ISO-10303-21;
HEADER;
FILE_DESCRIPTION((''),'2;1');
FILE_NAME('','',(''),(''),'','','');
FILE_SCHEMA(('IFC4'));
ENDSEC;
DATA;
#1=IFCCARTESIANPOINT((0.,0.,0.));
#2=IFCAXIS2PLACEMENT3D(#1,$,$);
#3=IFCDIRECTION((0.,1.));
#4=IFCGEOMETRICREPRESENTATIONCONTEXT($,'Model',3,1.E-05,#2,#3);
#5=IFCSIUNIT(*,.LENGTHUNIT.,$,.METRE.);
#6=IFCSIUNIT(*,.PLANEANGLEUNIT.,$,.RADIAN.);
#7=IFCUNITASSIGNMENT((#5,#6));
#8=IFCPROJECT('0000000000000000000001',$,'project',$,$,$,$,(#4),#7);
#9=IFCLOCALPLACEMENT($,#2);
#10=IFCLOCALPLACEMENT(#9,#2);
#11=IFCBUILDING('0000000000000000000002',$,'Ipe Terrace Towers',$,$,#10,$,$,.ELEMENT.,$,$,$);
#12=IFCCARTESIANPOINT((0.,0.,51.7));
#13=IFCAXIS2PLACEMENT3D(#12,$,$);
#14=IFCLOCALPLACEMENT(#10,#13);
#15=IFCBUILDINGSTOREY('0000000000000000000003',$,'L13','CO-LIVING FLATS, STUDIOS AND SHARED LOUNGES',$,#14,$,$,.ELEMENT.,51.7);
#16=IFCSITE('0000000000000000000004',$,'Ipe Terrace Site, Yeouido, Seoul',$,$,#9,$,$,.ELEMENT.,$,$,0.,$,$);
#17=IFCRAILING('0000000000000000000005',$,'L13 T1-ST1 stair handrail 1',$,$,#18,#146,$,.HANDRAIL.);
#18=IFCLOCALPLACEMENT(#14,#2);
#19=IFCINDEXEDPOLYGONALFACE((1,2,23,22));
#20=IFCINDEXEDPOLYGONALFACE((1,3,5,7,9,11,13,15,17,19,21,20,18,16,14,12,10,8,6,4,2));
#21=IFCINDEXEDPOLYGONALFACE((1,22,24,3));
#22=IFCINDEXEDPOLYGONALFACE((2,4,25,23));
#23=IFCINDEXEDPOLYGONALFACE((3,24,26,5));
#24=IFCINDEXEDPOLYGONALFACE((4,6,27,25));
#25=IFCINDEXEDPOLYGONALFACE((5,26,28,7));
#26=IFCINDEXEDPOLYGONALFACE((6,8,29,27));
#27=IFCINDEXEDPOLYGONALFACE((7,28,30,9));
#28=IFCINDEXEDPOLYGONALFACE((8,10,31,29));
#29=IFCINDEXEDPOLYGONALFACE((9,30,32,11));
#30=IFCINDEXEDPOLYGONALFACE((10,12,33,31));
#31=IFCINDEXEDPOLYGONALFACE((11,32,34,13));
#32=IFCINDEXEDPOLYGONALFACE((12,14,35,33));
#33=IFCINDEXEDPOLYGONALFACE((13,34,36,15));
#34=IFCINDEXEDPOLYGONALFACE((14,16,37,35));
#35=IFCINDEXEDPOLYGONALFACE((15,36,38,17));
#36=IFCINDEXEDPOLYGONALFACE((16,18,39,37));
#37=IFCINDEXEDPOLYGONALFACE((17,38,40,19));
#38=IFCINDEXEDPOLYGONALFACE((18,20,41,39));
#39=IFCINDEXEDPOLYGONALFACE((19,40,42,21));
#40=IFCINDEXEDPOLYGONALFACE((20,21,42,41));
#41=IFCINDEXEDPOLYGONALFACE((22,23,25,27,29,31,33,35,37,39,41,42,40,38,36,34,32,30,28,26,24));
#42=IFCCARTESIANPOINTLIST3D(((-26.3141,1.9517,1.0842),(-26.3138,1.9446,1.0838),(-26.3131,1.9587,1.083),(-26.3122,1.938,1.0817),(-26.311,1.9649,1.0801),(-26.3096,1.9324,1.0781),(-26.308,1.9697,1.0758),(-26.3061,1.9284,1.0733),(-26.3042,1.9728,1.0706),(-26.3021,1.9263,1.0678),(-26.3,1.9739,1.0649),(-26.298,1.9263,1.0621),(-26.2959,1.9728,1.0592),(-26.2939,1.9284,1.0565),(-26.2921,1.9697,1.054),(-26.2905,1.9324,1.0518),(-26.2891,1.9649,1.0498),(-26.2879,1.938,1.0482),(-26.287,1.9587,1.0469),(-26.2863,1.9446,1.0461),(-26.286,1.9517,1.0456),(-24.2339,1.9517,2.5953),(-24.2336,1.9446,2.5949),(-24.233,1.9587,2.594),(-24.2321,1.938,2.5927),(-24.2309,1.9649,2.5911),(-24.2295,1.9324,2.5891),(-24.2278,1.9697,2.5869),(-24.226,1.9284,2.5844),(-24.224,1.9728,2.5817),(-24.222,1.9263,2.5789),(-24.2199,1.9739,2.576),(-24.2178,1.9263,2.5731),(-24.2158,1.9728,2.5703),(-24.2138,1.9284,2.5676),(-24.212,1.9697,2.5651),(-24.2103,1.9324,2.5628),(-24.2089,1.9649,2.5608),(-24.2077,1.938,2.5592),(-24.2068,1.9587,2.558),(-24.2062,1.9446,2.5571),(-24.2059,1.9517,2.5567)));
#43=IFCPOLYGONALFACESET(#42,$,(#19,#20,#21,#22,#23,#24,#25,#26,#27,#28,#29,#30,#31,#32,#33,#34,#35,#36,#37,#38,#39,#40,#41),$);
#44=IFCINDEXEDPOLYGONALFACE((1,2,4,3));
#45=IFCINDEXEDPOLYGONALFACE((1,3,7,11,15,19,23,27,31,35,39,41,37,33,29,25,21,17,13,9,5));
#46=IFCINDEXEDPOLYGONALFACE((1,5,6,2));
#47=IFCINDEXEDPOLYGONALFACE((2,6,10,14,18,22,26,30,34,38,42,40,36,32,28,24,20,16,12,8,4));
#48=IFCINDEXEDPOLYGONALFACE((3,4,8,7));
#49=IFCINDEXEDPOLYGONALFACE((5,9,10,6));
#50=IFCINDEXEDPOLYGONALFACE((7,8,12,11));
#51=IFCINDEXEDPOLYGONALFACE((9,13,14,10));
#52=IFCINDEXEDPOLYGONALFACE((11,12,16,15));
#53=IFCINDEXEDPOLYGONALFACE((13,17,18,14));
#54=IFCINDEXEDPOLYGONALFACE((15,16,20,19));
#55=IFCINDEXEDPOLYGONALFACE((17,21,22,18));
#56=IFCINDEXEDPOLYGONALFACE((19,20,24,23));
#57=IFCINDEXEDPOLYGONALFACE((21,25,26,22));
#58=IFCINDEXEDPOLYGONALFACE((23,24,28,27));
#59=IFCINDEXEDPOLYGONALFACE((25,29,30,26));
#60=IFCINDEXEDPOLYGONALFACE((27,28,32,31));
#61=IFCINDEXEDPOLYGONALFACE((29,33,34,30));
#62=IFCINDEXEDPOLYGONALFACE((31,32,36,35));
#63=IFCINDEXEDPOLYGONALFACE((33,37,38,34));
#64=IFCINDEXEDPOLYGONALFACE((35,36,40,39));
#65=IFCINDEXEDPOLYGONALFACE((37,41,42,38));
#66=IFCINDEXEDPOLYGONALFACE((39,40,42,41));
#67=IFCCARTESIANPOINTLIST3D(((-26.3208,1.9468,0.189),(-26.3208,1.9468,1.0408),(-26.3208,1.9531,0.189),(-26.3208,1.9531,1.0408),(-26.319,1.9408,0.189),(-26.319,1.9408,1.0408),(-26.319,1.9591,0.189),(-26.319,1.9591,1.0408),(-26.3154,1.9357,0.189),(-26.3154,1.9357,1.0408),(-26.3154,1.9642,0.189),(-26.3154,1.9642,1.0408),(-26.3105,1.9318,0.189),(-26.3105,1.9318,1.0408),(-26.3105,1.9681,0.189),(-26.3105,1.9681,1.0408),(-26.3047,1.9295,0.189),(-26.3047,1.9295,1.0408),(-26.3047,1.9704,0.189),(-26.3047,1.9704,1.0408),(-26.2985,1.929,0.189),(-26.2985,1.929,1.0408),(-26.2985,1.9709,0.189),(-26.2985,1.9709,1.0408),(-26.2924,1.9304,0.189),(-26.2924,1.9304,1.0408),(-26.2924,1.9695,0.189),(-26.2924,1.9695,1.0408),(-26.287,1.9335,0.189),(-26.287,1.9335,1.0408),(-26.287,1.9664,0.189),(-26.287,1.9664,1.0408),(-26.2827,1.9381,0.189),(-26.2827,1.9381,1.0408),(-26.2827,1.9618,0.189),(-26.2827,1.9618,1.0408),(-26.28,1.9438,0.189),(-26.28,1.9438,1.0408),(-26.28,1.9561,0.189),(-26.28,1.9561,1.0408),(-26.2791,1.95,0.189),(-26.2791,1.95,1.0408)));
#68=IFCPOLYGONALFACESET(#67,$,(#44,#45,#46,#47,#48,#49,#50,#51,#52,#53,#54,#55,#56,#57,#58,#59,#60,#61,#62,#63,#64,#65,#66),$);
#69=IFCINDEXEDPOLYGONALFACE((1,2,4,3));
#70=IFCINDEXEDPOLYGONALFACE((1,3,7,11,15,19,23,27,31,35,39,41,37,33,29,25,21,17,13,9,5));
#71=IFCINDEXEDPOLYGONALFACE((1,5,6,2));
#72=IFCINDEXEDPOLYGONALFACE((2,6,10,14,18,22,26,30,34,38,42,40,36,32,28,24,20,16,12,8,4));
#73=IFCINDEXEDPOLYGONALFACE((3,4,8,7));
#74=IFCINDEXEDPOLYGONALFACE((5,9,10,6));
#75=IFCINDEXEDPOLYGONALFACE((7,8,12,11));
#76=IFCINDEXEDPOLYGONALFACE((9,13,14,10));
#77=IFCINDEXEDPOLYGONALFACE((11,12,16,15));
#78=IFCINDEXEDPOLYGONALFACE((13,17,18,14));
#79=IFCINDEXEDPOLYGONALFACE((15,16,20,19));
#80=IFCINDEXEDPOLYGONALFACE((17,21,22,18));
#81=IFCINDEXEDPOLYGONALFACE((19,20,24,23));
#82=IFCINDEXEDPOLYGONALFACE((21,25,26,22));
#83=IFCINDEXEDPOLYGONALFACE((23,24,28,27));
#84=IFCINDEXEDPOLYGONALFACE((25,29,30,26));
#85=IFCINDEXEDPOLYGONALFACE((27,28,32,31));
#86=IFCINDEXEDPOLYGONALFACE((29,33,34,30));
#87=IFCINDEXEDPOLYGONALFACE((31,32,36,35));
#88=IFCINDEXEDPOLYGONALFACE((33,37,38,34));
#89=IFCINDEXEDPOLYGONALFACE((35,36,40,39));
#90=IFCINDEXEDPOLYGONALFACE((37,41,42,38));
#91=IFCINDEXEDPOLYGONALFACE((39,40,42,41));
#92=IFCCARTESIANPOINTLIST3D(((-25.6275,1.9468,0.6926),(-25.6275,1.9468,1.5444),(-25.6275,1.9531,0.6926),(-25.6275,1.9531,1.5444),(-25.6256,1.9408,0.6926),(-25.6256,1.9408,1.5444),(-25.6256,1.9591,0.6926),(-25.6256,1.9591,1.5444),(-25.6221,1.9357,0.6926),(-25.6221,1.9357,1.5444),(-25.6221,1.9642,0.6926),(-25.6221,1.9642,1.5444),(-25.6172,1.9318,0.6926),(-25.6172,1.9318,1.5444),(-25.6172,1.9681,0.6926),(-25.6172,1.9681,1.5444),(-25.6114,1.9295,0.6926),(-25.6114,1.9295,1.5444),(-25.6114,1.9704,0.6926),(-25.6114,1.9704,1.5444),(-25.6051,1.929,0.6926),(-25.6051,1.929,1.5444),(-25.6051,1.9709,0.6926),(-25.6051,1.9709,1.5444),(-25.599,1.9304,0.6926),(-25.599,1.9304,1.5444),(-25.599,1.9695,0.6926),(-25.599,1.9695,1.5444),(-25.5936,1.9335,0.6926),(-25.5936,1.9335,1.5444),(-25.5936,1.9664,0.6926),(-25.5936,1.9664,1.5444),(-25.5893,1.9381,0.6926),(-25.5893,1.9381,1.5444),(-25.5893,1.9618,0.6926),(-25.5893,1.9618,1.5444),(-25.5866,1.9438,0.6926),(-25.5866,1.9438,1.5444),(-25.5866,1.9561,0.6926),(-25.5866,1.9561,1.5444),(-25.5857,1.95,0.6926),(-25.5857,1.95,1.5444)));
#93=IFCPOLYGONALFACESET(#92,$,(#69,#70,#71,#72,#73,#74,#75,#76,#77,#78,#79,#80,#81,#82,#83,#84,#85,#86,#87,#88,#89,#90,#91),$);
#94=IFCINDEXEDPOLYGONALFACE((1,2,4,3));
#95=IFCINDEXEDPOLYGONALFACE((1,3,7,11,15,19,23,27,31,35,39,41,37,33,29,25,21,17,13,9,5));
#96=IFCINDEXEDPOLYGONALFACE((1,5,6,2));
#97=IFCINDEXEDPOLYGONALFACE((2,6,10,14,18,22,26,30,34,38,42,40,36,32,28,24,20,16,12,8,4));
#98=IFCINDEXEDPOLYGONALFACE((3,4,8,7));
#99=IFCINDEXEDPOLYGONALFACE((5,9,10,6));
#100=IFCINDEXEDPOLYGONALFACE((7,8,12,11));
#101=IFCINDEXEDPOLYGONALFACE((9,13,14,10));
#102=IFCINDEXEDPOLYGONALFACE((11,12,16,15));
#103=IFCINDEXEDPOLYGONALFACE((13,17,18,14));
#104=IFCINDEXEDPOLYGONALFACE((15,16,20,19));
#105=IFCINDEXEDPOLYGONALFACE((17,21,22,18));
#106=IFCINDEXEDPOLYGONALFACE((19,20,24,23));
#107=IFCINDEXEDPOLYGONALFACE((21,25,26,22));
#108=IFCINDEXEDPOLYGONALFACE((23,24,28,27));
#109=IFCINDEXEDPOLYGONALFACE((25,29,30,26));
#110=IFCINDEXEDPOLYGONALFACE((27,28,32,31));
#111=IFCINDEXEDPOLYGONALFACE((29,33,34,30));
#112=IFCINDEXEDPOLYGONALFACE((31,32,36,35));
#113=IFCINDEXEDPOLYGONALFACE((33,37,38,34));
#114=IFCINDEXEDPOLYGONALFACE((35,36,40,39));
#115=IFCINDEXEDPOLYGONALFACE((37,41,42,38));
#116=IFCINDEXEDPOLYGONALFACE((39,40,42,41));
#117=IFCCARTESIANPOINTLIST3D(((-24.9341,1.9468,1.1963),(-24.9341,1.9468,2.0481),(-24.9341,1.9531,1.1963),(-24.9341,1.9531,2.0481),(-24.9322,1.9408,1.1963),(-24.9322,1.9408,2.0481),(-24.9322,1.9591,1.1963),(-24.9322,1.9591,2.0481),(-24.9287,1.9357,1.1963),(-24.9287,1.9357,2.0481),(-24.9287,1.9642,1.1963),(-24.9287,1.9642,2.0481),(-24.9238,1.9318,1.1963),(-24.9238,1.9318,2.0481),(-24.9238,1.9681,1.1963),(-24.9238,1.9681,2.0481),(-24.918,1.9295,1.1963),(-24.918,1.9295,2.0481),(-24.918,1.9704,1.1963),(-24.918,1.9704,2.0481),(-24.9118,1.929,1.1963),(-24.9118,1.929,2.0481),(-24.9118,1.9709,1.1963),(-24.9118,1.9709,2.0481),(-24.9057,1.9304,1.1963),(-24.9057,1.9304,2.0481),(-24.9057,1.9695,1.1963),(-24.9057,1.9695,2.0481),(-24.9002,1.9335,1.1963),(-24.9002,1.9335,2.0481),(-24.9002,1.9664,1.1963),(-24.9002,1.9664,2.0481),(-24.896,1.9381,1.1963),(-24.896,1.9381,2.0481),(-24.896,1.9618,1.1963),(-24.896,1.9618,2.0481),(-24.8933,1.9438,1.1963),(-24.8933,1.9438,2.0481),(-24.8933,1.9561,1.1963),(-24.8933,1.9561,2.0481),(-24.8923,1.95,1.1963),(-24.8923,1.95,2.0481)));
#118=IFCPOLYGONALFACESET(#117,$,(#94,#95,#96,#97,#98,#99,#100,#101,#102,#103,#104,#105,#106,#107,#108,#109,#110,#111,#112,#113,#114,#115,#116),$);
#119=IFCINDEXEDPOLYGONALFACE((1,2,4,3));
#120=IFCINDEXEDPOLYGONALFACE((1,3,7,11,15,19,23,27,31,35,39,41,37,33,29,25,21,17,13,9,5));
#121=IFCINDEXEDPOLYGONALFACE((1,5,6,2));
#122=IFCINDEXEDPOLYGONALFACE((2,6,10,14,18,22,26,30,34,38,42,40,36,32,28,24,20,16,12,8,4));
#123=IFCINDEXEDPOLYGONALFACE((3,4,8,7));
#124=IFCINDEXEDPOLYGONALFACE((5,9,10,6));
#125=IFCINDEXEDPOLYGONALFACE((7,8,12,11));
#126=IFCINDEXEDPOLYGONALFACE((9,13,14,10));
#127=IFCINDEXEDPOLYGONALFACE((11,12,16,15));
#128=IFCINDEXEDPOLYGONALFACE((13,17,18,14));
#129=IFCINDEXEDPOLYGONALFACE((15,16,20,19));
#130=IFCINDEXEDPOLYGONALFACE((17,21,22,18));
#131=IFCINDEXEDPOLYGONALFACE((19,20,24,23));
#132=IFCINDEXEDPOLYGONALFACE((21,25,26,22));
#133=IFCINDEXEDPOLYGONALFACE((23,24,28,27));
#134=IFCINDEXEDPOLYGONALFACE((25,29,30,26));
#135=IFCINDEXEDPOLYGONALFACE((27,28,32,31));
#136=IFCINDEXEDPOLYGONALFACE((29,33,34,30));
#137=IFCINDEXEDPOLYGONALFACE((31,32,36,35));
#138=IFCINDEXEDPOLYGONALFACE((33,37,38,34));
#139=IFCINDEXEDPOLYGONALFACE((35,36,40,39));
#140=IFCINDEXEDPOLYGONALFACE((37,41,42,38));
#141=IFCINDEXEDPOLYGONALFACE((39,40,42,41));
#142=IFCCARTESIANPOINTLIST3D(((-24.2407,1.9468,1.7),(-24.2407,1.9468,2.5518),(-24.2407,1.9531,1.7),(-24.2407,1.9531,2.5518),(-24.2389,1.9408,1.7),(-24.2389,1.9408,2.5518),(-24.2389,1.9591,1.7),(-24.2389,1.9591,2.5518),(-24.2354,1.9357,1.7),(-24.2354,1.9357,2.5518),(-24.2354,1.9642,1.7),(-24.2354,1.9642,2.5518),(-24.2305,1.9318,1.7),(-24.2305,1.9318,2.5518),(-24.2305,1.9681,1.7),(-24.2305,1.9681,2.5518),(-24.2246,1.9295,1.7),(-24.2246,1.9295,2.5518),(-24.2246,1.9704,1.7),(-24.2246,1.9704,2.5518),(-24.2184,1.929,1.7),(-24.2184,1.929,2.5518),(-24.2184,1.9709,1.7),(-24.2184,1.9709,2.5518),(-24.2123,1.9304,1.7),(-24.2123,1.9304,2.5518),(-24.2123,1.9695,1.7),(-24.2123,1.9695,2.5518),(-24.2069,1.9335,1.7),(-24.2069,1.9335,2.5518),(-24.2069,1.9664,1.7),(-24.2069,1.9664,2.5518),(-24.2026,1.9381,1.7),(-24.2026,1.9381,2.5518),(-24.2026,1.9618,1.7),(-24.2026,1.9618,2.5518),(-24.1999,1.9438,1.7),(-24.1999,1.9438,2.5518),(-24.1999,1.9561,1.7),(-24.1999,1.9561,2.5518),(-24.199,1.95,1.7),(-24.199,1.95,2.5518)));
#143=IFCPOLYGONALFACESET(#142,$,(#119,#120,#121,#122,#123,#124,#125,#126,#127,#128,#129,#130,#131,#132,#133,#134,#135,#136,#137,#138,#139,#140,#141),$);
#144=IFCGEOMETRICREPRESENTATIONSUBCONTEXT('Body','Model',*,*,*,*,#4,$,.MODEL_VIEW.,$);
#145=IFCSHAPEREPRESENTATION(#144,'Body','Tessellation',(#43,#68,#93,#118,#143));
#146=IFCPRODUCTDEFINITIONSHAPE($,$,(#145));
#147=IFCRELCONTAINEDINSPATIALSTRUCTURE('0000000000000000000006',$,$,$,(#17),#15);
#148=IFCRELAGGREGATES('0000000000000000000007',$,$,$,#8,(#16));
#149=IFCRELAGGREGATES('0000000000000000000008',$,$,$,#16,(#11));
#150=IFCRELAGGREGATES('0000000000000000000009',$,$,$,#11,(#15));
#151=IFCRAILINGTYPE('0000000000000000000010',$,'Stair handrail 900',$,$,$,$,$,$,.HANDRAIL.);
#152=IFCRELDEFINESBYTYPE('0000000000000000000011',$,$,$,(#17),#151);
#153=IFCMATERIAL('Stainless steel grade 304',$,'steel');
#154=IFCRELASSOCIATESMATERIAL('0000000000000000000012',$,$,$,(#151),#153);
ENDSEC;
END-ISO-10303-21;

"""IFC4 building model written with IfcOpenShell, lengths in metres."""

from ifc_helpers import new_model, si_unit, direction, frame, origin, origin_2d, place, context, subcontext, project, spatial, circle, extrude, material, type_object, element, save


model = new_model("IFC4")

# Units and contexts
model_context = context("Model", 3, precision=1e-05, world=origin(), true_north=direction((0.0, 1.0)))
body_context = subcontext(model_context, "Body", "Model", "MODEL_VIEW")
ifc_project = project(units=[si_unit("LENGTHUNIT", "METRE"), si_unit("PLANEANGLEUNIT", "RADIAN")], contexts=[model_context])

# Site, building, storey
site_placement = place(None, origin())
site = spatial("IfcSite", under=ifc_project, at=site_placement, Name="Ipe Terrace Site, Yeouido, Seoul", CompositionType="ELEMENT", RefElevation=0.0)
building_placement = place(site_placement, origin())
building = spatial("IfcBuilding", under=site, at=building_placement, Name="Ipe Terrace Towers", CompositionType="ELEMENT")
storey_placement = place(building_placement, frame((0.0, 0.0, 51.7)))
storey = spatial("IfcBuildingStorey", under=building, at=storey_placement, Name="L13", Description="CO-LIVING FLATS, STUDIOS AND SHARED LOUNGES", CompositionType="ELEMENT", Elevation=51.7)

# Railing
ifc_material_1 = material(Name="Stainless steel grade 304", Category="steel")
railing_type_1 = type_object("IfcRailingType", Name="Stair handrail 900", PredefinedType="HANDRAIL", material=ifc_material_1)
railing_1_placement = place(storey_placement, frame((-26.3, 1.95, 0.189)))
element("IfcRailing", 1, at=railing_1_placement, inside=storey, type_object=railing_type_1, Name="L13 T1-ST1 stair handrail 1", PredefinedType="HANDRAIL", context=body_context, shape_type="SweptSolid", body=[
    extrude(circle(Radius=0.0239, at=origin_2d()), frame((0.0, 0.0, 0.876), z_axis=(0.809069, 0.0, 0.587714), x_axis=(0.0, 1.0, 0.0)), (0.0, 0.0, 1.0), 2.571),
    extrude(circle(Radius=0.021, at=origin_2d()), origin(), (0.0, 0.0, 1.0), 0.8518),
    extrude(circle(Radius=0.021, at=origin_2d()), frame((0.6934, 0.0, 0.5037)), (0.0, 0.0, 1.0), 0.8518),
    extrude(circle(Radius=0.021, at=origin_2d()), frame((1.3867, 0.0, 1.0073)), (0.0, 0.0, 1.0), 0.8518),
    extrude(circle(Radius=0.021, at=origin_2d()), frame((2.0801, 0.0, 1.511)), (0.0, 0.0, 1.0), 0.8518),
])

save(model, "model.ifc")
